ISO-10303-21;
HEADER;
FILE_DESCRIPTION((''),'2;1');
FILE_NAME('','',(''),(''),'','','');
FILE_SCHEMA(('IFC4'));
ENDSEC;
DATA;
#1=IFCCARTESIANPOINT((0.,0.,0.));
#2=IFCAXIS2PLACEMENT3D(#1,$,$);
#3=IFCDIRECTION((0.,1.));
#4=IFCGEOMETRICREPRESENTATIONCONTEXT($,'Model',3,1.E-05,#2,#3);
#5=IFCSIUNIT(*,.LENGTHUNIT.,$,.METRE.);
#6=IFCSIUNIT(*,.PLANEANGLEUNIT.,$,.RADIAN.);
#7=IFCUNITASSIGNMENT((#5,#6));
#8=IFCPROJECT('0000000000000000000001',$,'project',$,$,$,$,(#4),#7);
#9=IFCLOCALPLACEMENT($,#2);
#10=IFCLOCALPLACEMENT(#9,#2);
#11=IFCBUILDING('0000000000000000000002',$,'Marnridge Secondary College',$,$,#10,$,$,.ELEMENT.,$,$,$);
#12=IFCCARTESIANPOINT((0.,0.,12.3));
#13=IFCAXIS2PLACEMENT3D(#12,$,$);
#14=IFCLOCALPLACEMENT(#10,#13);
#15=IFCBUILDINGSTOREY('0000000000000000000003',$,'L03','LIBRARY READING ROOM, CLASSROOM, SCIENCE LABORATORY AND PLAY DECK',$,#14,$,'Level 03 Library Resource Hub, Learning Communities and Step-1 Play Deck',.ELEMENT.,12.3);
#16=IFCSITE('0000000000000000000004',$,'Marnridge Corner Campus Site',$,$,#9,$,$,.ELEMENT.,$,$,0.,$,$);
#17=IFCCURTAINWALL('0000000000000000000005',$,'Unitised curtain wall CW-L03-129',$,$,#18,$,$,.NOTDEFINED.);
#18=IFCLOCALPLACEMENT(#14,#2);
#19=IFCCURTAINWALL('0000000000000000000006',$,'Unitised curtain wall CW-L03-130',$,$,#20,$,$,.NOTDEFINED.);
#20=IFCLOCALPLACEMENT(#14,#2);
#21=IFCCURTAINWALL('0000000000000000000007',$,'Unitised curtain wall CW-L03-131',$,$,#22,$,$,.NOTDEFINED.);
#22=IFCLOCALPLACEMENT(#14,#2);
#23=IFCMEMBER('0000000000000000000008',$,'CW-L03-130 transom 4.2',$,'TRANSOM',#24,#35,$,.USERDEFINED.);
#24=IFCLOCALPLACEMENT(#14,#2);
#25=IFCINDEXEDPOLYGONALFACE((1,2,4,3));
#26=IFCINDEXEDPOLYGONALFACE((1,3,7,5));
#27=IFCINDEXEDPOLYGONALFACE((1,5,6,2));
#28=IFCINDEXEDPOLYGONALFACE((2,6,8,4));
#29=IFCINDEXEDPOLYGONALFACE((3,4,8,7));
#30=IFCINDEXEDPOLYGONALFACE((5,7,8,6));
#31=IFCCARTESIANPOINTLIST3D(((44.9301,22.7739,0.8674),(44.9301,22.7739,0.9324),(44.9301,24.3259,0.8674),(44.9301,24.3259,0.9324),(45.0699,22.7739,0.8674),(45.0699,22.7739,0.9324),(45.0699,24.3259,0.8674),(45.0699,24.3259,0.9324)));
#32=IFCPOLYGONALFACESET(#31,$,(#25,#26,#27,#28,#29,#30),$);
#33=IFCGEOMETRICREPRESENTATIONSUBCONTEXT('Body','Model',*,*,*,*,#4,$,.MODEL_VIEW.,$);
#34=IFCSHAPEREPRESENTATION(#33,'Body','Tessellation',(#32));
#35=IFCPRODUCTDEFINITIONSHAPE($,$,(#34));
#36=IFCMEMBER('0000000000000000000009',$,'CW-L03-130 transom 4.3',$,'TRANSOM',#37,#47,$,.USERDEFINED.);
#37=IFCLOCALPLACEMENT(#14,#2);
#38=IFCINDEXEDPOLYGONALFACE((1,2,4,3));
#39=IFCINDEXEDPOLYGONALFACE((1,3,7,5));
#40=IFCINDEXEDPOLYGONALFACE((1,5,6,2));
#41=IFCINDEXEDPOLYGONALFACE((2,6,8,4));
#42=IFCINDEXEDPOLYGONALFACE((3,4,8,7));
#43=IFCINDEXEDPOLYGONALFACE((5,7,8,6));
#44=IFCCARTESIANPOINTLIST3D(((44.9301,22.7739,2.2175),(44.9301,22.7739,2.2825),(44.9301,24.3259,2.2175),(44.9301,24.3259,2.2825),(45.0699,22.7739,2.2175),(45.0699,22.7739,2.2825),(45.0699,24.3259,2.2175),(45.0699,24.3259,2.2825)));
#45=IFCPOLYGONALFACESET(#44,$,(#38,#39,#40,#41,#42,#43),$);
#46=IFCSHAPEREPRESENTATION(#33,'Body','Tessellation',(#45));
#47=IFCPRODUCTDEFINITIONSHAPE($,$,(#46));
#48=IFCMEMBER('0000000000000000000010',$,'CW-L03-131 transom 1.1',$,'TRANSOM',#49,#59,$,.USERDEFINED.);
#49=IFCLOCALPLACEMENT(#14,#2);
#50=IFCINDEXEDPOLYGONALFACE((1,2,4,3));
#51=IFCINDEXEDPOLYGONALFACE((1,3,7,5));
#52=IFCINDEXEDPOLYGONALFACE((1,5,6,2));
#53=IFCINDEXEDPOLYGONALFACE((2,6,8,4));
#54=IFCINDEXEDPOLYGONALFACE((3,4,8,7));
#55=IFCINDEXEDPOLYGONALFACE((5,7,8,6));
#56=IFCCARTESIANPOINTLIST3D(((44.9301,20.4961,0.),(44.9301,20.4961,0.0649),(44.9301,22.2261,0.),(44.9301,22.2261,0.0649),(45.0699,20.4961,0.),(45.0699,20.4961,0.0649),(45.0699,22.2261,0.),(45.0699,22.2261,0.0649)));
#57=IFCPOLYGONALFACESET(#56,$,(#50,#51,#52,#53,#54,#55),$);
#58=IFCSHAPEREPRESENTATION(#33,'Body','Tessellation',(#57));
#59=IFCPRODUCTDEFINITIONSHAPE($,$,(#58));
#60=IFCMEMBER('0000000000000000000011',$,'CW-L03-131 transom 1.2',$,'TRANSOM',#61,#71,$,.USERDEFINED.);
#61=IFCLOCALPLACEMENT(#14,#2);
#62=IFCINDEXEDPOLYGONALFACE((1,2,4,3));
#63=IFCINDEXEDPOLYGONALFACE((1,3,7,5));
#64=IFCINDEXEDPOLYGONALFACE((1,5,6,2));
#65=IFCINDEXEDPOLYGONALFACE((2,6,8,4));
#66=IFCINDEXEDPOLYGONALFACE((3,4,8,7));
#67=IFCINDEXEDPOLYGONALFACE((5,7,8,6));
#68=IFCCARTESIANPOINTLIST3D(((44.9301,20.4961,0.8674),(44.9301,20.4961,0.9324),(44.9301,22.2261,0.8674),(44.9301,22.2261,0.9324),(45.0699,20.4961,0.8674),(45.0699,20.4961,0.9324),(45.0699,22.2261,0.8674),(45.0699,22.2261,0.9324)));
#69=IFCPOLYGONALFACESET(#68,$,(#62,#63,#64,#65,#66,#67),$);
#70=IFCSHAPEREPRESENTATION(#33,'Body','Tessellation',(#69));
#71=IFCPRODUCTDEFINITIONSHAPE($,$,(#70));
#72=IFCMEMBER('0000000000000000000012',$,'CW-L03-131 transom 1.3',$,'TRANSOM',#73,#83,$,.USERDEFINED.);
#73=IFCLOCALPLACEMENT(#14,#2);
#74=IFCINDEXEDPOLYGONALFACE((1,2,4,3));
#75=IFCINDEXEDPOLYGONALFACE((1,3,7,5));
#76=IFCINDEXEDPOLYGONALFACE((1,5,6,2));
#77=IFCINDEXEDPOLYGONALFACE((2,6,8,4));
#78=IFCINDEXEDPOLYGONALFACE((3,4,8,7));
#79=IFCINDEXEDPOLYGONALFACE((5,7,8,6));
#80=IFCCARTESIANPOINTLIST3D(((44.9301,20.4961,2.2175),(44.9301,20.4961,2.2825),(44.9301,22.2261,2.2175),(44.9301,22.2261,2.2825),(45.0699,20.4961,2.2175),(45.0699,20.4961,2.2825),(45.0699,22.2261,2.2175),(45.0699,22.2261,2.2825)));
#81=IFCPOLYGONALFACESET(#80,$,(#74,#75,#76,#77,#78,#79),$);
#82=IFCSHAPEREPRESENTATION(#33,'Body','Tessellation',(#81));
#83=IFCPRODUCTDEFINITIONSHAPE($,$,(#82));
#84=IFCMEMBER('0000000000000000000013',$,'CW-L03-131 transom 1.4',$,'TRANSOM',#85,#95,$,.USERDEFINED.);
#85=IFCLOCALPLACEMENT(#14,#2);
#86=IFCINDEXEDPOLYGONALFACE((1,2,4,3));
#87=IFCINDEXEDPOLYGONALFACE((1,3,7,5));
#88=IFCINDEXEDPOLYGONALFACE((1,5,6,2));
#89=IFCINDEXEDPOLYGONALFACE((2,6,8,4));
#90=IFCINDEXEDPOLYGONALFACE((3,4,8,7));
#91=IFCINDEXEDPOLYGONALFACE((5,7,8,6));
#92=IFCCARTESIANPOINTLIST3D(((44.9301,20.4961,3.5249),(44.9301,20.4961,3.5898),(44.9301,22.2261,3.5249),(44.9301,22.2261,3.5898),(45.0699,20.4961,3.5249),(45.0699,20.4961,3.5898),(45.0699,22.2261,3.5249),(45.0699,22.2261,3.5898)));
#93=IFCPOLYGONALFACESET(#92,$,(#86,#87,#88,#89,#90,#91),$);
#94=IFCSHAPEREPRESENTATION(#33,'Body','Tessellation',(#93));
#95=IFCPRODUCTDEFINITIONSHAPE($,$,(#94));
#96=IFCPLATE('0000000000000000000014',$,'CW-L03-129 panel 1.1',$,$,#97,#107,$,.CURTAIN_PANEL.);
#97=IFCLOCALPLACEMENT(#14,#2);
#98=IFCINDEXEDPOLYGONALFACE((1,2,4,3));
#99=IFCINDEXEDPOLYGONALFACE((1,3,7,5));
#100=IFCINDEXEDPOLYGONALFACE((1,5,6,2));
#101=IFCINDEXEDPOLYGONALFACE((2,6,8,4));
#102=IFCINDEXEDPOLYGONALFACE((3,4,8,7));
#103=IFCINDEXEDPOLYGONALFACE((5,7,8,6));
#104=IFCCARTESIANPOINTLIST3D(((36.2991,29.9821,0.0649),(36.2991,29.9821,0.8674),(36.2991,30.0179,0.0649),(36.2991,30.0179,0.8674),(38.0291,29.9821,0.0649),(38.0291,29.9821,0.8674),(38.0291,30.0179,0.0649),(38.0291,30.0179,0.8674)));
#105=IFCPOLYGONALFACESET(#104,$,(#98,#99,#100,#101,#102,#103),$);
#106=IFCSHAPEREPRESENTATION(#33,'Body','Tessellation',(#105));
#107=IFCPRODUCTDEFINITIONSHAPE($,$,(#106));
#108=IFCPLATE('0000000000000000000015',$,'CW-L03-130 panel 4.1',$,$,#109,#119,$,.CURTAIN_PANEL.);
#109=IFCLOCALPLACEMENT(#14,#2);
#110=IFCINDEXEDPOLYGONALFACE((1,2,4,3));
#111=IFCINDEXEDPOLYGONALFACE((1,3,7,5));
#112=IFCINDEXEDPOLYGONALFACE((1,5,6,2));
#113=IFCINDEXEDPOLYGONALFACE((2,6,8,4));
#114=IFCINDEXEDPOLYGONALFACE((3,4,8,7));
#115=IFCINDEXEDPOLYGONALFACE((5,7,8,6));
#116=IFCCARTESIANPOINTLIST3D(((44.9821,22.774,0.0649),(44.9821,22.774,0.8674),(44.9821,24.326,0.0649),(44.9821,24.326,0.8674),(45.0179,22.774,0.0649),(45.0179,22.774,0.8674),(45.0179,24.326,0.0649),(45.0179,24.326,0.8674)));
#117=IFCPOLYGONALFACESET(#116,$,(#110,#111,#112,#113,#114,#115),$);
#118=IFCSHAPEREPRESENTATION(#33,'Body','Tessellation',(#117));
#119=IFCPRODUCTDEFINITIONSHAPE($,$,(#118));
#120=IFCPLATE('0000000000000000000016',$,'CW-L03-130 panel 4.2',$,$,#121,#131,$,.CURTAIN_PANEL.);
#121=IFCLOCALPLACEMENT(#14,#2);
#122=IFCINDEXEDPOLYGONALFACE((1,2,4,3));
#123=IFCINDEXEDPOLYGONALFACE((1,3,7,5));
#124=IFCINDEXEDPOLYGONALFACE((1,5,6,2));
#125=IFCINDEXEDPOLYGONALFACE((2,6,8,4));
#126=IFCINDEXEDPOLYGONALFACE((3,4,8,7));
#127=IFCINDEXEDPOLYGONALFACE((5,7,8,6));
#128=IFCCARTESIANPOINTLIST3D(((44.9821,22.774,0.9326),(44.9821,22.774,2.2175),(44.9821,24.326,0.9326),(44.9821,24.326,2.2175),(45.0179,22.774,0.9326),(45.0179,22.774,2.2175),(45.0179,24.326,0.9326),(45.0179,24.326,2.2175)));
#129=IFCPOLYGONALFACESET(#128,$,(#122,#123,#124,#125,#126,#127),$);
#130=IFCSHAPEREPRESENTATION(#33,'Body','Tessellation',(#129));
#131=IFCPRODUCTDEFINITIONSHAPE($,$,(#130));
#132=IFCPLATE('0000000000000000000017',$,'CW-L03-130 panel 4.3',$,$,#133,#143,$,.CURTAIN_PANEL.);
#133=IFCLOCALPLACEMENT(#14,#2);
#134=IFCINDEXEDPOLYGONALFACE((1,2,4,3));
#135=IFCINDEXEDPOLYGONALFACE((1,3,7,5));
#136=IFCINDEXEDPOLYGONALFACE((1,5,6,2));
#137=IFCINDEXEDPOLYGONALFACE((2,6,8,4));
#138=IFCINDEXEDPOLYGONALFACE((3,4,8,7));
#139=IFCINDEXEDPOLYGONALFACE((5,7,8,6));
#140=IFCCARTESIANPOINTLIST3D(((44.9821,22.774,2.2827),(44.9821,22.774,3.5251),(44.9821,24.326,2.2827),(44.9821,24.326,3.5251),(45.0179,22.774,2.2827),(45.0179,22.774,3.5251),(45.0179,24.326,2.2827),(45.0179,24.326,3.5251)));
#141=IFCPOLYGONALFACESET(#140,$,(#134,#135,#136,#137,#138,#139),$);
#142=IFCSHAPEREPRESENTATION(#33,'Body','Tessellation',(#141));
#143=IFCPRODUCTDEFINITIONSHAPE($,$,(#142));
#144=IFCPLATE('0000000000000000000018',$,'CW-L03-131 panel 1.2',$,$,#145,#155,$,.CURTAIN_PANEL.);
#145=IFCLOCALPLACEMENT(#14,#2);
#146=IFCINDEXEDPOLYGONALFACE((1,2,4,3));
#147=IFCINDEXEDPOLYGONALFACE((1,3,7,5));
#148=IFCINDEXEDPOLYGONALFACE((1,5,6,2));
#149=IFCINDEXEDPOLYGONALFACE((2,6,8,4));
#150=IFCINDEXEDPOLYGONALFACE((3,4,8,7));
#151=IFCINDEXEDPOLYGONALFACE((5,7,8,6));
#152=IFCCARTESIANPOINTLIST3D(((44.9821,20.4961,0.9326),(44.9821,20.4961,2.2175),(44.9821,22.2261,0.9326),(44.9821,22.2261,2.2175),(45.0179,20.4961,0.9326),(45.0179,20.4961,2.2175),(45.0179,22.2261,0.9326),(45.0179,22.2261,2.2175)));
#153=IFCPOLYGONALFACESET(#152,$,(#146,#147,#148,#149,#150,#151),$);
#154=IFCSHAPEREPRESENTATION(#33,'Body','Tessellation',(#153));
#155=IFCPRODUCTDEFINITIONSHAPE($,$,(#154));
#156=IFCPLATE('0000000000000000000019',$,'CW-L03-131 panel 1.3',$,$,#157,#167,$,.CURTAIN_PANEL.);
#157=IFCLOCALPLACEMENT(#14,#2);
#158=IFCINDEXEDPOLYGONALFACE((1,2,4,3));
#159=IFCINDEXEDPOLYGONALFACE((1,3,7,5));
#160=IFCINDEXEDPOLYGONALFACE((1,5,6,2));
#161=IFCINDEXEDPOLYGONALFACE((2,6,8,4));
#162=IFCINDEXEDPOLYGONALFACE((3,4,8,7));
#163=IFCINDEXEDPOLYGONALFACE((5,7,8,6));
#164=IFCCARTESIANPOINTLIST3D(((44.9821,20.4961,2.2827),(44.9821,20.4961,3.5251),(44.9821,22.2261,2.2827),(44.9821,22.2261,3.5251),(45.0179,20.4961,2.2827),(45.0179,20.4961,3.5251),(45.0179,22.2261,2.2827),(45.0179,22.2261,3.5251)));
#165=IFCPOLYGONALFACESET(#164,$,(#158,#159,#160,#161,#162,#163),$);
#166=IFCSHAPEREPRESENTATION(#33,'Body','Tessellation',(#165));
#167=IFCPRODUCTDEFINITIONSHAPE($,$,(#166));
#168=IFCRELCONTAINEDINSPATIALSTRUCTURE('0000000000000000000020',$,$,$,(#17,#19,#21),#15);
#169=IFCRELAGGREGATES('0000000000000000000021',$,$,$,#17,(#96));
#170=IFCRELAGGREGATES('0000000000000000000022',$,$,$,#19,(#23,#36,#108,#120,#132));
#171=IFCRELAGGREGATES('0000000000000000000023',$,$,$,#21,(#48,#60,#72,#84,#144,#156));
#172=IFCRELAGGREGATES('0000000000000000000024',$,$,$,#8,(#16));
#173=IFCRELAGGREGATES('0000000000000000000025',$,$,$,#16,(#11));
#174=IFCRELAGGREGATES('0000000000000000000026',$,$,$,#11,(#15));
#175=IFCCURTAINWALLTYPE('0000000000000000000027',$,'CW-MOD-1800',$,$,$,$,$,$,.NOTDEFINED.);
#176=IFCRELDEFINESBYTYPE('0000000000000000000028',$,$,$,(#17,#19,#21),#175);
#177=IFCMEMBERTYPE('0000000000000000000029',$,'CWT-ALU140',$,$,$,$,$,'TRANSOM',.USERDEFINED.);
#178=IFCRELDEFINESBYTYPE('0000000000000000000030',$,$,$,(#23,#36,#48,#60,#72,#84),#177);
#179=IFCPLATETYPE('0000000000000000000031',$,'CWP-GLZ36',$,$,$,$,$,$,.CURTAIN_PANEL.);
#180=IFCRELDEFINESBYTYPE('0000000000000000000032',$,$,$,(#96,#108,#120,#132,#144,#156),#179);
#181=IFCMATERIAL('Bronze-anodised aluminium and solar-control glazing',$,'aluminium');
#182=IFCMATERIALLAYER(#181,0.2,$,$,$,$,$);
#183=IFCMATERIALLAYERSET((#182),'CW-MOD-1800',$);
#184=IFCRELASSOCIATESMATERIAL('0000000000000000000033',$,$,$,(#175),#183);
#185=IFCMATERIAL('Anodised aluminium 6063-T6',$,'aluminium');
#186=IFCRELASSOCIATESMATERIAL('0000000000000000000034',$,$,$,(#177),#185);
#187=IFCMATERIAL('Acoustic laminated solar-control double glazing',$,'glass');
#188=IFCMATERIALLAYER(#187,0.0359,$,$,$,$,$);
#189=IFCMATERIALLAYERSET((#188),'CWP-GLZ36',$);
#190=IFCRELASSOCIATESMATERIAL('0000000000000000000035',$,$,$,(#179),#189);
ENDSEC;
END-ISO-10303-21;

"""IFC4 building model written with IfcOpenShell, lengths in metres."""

from ifc_helpers import new_model, si_unit, direction, frame, origin, origin_2d, place, context, subcontext, project, spatial, rectangle, extrude, material, layer, layer_set, material_profile, profile_set, type_object, element, aggregate, save


model = new_model("IFC4")

# Units and contexts
model_context = context("Model", 3, precision=1e-05, world=origin(), true_north=direction((0.0, 1.0)))
body_context = subcontext(model_context, "Body", "Model", "MODEL_VIEW")
ifc_project = project(units=[si_unit("LENGTHUNIT", "METRE"), si_unit("PLANEANGLEUNIT", "RADIAN")], contexts=[model_context])

# Site, building, storey
site_placement = place(None, origin())
site = spatial("IfcSite", under=ifc_project, at=site_placement, Name="Marnridge Corner Campus Site", CompositionType="ELEMENT", RefElevation=0.0)
building_placement = place(site_placement, origin())
building = spatial("IfcBuilding", under=site, at=building_placement, Name="Marnridge Secondary College", CompositionType="ELEMENT")
storey_placement = place(building_placement, frame((0.0, 0.0, 12.3)))
storey = spatial("IfcBuildingStorey", under=building, at=storey_placement, Name="L03", Description="LIBRARY READING ROOM, CLASSROOM, SCIENCE LABORATORY AND PLAY DECK", LongName="Level 03 Library Resource Hub, Learning Communities and Step-1 Play Deck", CompositionType="ELEMENT", Elevation=12.3)

# Curtain walls
ifc_material_1 = material(Name="Bronze-anodised aluminium and solar-control glazing", Category="aluminium")
ifc_layer_1 = layer(ifc_material_1, 0.2)
ifc_layer_set_1 = layer_set([ifc_layer_1], Name="CW-MOD-1800")
curtain_wall_type = type_object("IfcCurtainWallType", Name="CW-MOD-1800", PredefinedType="NOTDEFINED", material=ifc_layer_set_1)
curtain_wall_1_placement = place(storey_placement, origin())
curtain_wall_1 = element("IfcCurtainWall", 1, at=curtain_wall_1_placement, inside=storey, type_object=curtain_wall_type, Name="Unitised curtain wall CW-L03-129", PredefinedType="NOTDEFINED")
curtain_wall_2_placement = place(storey_placement, origin())
curtain_wall_2 = element("IfcCurtainWall", 2, at=curtain_wall_2_placement, inside=storey, type_object=curtain_wall_type, Name="Unitised curtain wall CW-L03-130", PredefinedType="NOTDEFINED")
curtain_wall_3_placement = place(storey_placement, origin())
curtain_wall_3 = element("IfcCurtainWall", 3, at=curtain_wall_3_placement, inside=storey, type_object=curtain_wall_type, Name="Unitised curtain wall CW-L03-131", PredefinedType="NOTDEFINED")

# Members
ifc_material_2 = material(Name="Anodised aluminium 6063-T6", Category="aluminium")
ifc_material_profile_1 = material_profile(ifc_material_2, rectangle(XDim=0.0649, YDim=0.1399, at=origin_2d()), Name="ALU 65x140")
ifc_profile_set_1 = profile_set([ifc_material_profile_1], Name="Anodised aluminium 6063-T6")
member_type_1 = type_object("IfcMemberType", Name="CWT-ALU140", ElementType="TRANSOM", PredefinedType="USERDEFINED", material=ifc_profile_set_1)
member_1_placement = place(storey_placement, frame((45.0, 24.3259, 0.8999), z_axis=(0.0, -1.0, 0.0), x_axis=(0.0, 0.0, 1.0)))
member_1 = element("IfcMember", 4, at=member_1_placement, type_object=member_type_1, Name="CW-L03-130 transom 4.2", ObjectType="TRANSOM", PredefinedType="USERDEFINED", context=body_context, shape_type="SweptSolid", body=[
    extrude(rectangle(XDim=0.0649, YDim=0.1399, at=origin_2d()), origin(), (0.0, 0.0, 1.0), 1.552),
])
member_2_placement = place(storey_placement, frame((45.0, 24.3259, 2.25), z_axis=(0.0, -1.0, 0.0), x_axis=(0.0, 0.0, 1.0)))
member_2 = element("IfcMember", 5, at=member_2_placement, type_object=member_type_1, Name="CW-L03-130 transom 4.3", ObjectType="TRANSOM", PredefinedType="USERDEFINED", context=body_context, shape_type="SweptSolid", body=[
    extrude(rectangle(XDim=0.0649, YDim=0.1399, at=origin_2d()), origin(), (0.0, 0.0, 1.0), 1.552),
])
member_3_placement = place(storey_placement, frame((45.0, 22.2261, 0.0325), z_axis=(0.0, -1.0, 0.0), x_axis=(0.0, 0.0, 1.0)))
member_3 = element("IfcMember", 6, at=member_3_placement, type_object=member_type_1, Name="CW-L03-131 transom 1.1", ObjectType="TRANSOM", PredefinedType="USERDEFINED", context=body_context, shape_type="SweptSolid", body=[
    extrude(rectangle(XDim=0.0649, YDim=0.1399, at=origin_2d()), origin(), (0.0, 0.0, 1.0), 1.73),
])
member_4_placement = place(storey_placement, frame((45.0, 22.2261, 0.8999), z_axis=(0.0, -1.0, 0.0), x_axis=(0.0, 0.0, 1.0)))
member_4 = element("IfcMember", 7, at=member_4_placement, type_object=member_type_1, Name="CW-L03-131 transom 1.2", ObjectType="TRANSOM", PredefinedType="USERDEFINED", context=body_context, shape_type="SweptSolid", body=[
    extrude(rectangle(XDim=0.0649, YDim=0.1399, at=origin_2d()), origin(), (0.0, 0.0, 1.0), 1.73),
])
member_5_placement = place(storey_placement, frame((45.0, 22.2261, 2.25), z_axis=(0.0, -1.0, 0.0), x_axis=(0.0, 0.0, 1.0)))
member_5 = element("IfcMember", 8, at=member_5_placement, type_object=member_type_1, Name="CW-L03-131 transom 1.3", ObjectType="TRANSOM", PredefinedType="USERDEFINED", context=body_context, shape_type="SweptSolid", body=[
    extrude(rectangle(XDim=0.0649, YDim=0.1399, at=origin_2d()), origin(), (0.0, 0.0, 1.0), 1.73),
])
member_6_placement = place(storey_placement, frame((45.0, 22.2261, 3.5574), z_axis=(0.0, -1.0, 0.0), x_axis=(0.0, 0.0, 1.0)))
member_6 = element("IfcMember", 9, at=member_6_placement, type_object=member_type_1, Name="CW-L03-131 transom 1.4", ObjectType="TRANSOM", PredefinedType="USERDEFINED", context=body_context, shape_type="SweptSolid", body=[
    extrude(rectangle(XDim=0.0649, YDim=0.1399, at=origin_2d()), origin(), (0.0, 0.0, 1.0), 1.73),
])

# Plates
ifc_material_3 = material(Name="Acoustic laminated solar-control double glazing", Category="glass")
ifc_layer_2 = layer(ifc_material_3, 0.0359)
ifc_layer_set_2 = layer_set([ifc_layer_2], Name="CWP-GLZ36")
plate_type = type_object("IfcPlateType", Name="CWP-GLZ36", PredefinedType="CURTAIN_PANEL", material=ifc_layer_set_2)
plate_1_placement = place(storey_placement, frame((37.1641, 30.0, 0.0649), z_axis=(0.0, 0.0, 1.0), x_axis=(1.0, 0.0, 0.0)))
plate_1 = element("IfcPlate", 10, at=plate_1_placement, type_object=plate_type, Name="CW-L03-129 panel 1.1", PredefinedType="CURTAIN_PANEL", context=body_context, shape_type="SweptSolid", body=[
    extrude(rectangle(XDim=1.73, YDim=0.0359, at=origin_2d()), origin(), (0.0, 0.0, 1.0), 0.8025),
])
aggregate(curtain_wall_1, [plate_1])
plate_2_placement = place(storey_placement, frame((45.0, 23.55, 0.0649), z_axis=(0.0, 0.0, 1.0), x_axis=(0.0, -1.0, 0.0)))
plate_2 = element("IfcPlate", 11, at=plate_2_placement, type_object=plate_type, Name="CW-L03-130 panel 4.1", PredefinedType="CURTAIN_PANEL", context=body_context, shape_type="SweptSolid", body=[
    extrude(rectangle(XDim=1.552, YDim=0.0359, at=origin_2d()), origin(), (0.0, 0.0, 1.0), 0.8025),
])
plate_3_placement = place(storey_placement, frame((45.0, 23.55, 0.9326), z_axis=(0.0, 0.0, 1.0), x_axis=(0.0, -1.0, 0.0)))
plate_3 = element("IfcPlate", 12, at=plate_3_placement, type_object=plate_type, Name="CW-L03-130 panel 4.2", PredefinedType="CURTAIN_PANEL", context=body_context, shape_type="SweptSolid", body=[
    extrude(rectangle(XDim=1.552, YDim=0.0359, at=origin_2d()), origin(), (0.0, 0.0, 1.0), 1.2849),
])
plate_4_placement = place(storey_placement, frame((45.0, 23.55, 2.2827), z_axis=(0.0, 0.0, 1.0), x_axis=(0.0, -1.0, 0.0)))
plate_4 = element("IfcPlate", 13, at=plate_4_placement, type_object=plate_type, Name="CW-L03-130 panel 4.3", PredefinedType="CURTAIN_PANEL", context=body_context, shape_type="SweptSolid", body=[
    extrude(rectangle(XDim=1.552, YDim=0.0359, at=origin_2d()), origin(), (0.0, 0.0, 1.0), 1.2424),
])
aggregate(curtain_wall_2, [member_1, member_2, plate_2, plate_3, plate_4])
plate_5_placement = place(storey_placement, frame((45.0, 21.3611, 0.9326), z_axis=(0.0, 0.0, 1.0), x_axis=(0.0, -1.0, 0.0)))
plate_5 = element("IfcPlate", 14, at=plate_5_placement, type_object=plate_type, Name="CW-L03-131 panel 1.2", PredefinedType="CURTAIN_PANEL", context=body_context, shape_type="SweptSolid", body=[
    extrude(rectangle(XDim=1.73, YDim=0.0359, at=origin_2d()), origin(), (0.0, 0.0, 1.0), 1.2849),
])
plate_6_placement = place(storey_placement, frame((45.0, 21.3611, 2.2827), z_axis=(0.0, 0.0, 1.0), x_axis=(0.0, -1.0, 0.0)))
plate_6 = element("IfcPlate", 15, at=plate_6_placement, type_object=plate_type, Name="CW-L03-131 panel 1.3", PredefinedType="CURTAIN_PANEL", context=body_context, shape_type="SweptSolid", body=[
    extrude(rectangle(XDim=1.73, YDim=0.0359, at=origin_2d()), origin(), (0.0, 0.0, 1.0), 1.2424),
])
aggregate(curtain_wall_3, [member_3, member_4, member_5, member_6, plate_5, plate_6])

save(model, "model.ifc")
